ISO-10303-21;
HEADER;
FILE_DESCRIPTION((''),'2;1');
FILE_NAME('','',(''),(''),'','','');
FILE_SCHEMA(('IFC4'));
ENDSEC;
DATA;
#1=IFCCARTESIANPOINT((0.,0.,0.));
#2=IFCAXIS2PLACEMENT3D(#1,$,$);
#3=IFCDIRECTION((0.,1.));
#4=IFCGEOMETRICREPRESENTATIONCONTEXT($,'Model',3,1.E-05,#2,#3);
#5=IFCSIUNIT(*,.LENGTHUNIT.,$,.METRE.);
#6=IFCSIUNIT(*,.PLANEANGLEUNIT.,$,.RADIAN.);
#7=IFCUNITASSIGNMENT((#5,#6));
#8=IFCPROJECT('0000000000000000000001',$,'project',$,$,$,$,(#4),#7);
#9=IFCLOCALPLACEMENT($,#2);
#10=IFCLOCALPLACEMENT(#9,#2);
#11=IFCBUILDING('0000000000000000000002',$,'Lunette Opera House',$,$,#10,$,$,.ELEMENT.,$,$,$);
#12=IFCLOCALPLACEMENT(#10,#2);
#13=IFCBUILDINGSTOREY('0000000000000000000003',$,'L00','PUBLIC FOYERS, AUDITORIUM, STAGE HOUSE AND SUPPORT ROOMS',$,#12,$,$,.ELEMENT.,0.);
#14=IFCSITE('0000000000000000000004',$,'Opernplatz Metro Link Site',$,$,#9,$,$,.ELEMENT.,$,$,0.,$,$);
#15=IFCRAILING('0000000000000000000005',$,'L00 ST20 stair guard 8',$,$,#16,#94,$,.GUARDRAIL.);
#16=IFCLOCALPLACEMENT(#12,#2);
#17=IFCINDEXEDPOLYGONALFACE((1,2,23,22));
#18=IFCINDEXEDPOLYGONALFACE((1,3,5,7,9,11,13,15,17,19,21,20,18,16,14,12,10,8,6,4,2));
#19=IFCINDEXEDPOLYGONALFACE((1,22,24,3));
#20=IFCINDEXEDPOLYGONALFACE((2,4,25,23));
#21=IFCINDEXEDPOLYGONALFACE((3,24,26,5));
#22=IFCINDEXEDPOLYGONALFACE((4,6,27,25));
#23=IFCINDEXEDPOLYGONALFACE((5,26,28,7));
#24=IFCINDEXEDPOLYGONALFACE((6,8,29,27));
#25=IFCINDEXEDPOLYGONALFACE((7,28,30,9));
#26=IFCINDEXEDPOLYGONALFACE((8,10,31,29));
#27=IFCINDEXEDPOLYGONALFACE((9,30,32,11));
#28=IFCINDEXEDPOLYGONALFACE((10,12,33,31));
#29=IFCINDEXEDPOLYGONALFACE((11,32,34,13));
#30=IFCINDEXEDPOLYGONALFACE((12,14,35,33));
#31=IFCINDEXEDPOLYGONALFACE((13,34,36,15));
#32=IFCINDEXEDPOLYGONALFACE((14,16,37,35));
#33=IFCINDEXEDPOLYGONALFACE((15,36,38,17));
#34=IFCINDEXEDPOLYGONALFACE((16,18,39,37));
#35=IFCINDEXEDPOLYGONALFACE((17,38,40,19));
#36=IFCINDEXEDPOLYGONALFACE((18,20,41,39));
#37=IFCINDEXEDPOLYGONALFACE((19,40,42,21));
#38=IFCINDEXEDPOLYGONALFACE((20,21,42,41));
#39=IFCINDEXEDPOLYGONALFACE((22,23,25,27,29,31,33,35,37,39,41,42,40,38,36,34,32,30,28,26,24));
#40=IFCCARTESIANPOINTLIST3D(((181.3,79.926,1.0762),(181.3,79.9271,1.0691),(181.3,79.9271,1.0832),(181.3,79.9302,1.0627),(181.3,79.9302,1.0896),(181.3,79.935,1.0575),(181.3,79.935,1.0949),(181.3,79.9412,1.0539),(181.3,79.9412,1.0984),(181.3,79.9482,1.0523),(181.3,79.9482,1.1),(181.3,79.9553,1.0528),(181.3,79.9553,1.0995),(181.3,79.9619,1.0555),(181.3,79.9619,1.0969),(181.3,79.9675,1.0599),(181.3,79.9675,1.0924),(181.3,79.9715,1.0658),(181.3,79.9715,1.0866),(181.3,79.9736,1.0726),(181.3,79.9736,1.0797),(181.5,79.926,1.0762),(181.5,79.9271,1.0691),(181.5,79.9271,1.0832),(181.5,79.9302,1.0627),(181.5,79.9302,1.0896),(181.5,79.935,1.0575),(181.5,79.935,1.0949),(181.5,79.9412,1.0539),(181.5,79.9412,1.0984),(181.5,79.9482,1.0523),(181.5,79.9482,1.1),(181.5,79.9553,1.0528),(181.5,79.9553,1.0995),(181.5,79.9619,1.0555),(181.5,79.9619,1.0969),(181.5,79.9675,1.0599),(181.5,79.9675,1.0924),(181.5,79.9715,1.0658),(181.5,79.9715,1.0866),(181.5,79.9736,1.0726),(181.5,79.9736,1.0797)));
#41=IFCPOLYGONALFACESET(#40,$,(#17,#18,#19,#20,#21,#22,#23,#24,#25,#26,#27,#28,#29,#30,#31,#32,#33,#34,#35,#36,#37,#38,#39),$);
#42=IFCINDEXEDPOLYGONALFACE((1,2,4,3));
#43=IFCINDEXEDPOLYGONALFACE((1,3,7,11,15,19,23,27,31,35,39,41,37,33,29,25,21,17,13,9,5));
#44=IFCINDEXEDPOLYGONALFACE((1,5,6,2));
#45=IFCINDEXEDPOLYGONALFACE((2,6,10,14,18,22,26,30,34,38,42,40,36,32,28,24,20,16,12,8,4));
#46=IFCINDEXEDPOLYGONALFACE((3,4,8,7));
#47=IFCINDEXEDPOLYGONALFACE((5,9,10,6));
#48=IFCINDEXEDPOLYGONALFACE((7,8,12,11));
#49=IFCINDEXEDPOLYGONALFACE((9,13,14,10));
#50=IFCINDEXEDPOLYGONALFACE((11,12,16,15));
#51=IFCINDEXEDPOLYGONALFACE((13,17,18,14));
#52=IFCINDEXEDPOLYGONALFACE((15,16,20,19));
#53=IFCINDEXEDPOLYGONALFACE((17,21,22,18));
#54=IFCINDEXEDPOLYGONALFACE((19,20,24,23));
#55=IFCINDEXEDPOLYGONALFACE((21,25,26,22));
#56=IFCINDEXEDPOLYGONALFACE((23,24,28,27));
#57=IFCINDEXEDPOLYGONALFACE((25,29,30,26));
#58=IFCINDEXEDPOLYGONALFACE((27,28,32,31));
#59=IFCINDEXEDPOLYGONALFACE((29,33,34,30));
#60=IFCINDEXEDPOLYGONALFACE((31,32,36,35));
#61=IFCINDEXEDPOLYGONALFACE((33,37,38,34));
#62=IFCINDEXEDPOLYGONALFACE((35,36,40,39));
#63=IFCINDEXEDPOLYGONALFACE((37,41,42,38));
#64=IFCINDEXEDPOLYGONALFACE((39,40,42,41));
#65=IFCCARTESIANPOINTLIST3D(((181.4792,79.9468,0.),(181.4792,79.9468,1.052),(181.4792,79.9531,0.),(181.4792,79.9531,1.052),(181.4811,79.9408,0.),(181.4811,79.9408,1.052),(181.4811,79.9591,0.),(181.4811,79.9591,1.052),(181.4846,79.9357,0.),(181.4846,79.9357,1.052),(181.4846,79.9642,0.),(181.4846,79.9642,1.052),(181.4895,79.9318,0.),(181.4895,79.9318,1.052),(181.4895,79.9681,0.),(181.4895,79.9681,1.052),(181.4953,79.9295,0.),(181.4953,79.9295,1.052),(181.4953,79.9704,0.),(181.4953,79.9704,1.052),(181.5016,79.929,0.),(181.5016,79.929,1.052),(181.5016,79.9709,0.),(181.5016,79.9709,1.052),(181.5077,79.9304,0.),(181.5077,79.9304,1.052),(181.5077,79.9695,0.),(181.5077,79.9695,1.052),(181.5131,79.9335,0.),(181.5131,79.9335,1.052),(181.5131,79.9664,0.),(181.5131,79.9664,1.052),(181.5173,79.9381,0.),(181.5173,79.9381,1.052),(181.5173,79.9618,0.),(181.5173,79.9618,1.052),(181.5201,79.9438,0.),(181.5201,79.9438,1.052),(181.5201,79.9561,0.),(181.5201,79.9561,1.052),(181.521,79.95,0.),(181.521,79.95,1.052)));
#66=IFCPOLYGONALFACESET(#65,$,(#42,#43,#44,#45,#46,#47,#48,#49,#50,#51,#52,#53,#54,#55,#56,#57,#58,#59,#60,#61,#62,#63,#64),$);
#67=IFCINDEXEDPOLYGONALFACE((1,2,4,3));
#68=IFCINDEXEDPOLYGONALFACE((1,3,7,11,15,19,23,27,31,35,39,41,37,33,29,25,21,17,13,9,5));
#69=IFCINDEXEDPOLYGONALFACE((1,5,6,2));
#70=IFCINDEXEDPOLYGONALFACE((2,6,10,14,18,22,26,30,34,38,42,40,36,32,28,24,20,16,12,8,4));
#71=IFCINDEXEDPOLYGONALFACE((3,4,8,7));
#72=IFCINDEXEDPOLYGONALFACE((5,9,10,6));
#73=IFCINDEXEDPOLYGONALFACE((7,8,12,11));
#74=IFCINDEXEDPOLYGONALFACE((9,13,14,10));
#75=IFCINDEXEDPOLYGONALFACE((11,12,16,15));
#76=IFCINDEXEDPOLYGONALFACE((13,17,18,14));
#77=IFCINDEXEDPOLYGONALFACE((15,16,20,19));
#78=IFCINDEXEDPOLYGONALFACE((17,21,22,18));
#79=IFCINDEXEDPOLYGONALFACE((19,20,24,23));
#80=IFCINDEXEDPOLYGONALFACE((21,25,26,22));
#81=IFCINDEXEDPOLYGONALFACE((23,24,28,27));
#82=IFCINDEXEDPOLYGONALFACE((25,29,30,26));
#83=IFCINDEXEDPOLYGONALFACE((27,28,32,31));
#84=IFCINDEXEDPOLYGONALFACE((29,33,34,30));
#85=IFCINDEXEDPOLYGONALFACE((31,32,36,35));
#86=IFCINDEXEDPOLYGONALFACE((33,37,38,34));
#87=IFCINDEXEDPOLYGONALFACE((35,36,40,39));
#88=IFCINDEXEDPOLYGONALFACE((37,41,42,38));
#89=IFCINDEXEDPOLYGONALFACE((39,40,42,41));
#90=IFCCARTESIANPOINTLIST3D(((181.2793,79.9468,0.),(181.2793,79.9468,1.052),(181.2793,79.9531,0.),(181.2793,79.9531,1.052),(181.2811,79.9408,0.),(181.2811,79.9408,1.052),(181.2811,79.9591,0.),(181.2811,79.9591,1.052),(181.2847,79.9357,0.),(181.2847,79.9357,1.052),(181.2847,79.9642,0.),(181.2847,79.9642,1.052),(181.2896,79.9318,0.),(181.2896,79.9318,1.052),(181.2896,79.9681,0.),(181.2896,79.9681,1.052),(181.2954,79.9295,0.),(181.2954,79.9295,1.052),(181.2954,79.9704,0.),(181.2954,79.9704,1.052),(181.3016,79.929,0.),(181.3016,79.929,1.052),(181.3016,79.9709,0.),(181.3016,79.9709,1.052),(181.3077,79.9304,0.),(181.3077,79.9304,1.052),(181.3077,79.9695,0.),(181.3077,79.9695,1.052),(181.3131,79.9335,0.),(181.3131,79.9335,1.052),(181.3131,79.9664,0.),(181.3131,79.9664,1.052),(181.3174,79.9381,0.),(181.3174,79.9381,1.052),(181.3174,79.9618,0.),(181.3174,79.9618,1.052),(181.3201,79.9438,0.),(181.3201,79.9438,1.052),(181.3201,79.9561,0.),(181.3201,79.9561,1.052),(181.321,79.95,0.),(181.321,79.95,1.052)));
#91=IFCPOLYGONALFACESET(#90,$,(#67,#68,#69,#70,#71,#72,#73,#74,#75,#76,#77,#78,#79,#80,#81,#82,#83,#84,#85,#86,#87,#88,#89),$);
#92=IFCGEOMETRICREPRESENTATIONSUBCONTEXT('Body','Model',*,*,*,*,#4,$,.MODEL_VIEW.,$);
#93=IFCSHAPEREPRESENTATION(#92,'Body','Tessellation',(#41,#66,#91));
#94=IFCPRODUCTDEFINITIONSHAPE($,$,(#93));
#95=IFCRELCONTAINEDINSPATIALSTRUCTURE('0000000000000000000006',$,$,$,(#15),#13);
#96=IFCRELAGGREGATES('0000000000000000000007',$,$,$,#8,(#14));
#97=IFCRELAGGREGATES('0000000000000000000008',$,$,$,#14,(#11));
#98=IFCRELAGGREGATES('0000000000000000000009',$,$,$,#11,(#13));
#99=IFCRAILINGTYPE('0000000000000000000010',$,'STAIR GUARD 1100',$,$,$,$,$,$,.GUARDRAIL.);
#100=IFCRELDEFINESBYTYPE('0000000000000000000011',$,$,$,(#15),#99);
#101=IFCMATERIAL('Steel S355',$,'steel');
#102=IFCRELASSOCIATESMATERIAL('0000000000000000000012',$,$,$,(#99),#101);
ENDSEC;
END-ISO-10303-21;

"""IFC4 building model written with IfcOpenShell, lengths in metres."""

from ifc_helpers import new_model, si_unit, direction, frame, origin, origin_2d, place, context, subcontext, project, spatial, circle, extrude, material, type_object, element, save


model = new_model("IFC4")

# Units and contexts
model_context = context("Model", 3, precision=1e-05, world=origin(), true_north=direction((0.0, 1.0)))
body_context = subcontext(model_context, "Body", "Model", "MODEL_VIEW")
ifc_project = project(units=[si_unit("LENGTHUNIT", "METRE"), si_unit("PLANEANGLEUNIT", "RADIAN")], contexts=[model_context])

# Site, building, storey
site_placement = place(None, origin())
site = spatial("IfcSite", under=ifc_project, at=site_placement, Name="Opernplatz Metro Link Site", CompositionType="ELEMENT", RefElevation=0.0)
building_placement = place(site_placement, origin())
building = spatial("IfcBuilding", under=site, at=building_placement, Name="Lunette Opera House", CompositionType="ELEMENT")
storey_placement = place(building_placement, origin())
storey = spatial("IfcBuildingStorey", under=building, at=storey_placement, Name="L00", Description="PUBLIC FOYERS, AUDITORIUM, STAGE HOUSE AND SUPPORT ROOMS", CompositionType="ELEMENT", Elevation=0.0)

# Railing
ifc_material_1 = material(Name="Steel S355", Category="steel")
railing_type_1 = type_object("IfcRailingType", Name="STAIR GUARD 1100", PredefinedType="GUARDRAIL", material=ifc_material_1)
railing_1_placement = place(storey_placement, frame((181.5, 79.95, 0.0)))
element("IfcRailing", 1, at=railing_1_placement, inside=storey, type_object=railing_type_1, Name="L00 ST20 stair guard 8", PredefinedType="GUARDRAIL", context=body_context, shape_type="SweptSolid", body=[
    extrude(circle(Radius=0.0239, at=origin_2d()), frame((0.0, 0.0, 1.0762), z_axis=(-1.0, 0.0, 0.0), x_axis=(0.0, -1.0, 0.0)), (0.0, 0.0, 1.0), 0.2),
    extrude(circle(Radius=0.021, at=origin_2d()), origin(), (0.0, 0.0, 1.0), 1.052),
    extrude(circle(Radius=0.021, at=origin_2d()), frame((-0.2, 0.0, 0.0)), (0.0, 0.0, 1.0), 1.052),
])

save(model, "model.ifc")
